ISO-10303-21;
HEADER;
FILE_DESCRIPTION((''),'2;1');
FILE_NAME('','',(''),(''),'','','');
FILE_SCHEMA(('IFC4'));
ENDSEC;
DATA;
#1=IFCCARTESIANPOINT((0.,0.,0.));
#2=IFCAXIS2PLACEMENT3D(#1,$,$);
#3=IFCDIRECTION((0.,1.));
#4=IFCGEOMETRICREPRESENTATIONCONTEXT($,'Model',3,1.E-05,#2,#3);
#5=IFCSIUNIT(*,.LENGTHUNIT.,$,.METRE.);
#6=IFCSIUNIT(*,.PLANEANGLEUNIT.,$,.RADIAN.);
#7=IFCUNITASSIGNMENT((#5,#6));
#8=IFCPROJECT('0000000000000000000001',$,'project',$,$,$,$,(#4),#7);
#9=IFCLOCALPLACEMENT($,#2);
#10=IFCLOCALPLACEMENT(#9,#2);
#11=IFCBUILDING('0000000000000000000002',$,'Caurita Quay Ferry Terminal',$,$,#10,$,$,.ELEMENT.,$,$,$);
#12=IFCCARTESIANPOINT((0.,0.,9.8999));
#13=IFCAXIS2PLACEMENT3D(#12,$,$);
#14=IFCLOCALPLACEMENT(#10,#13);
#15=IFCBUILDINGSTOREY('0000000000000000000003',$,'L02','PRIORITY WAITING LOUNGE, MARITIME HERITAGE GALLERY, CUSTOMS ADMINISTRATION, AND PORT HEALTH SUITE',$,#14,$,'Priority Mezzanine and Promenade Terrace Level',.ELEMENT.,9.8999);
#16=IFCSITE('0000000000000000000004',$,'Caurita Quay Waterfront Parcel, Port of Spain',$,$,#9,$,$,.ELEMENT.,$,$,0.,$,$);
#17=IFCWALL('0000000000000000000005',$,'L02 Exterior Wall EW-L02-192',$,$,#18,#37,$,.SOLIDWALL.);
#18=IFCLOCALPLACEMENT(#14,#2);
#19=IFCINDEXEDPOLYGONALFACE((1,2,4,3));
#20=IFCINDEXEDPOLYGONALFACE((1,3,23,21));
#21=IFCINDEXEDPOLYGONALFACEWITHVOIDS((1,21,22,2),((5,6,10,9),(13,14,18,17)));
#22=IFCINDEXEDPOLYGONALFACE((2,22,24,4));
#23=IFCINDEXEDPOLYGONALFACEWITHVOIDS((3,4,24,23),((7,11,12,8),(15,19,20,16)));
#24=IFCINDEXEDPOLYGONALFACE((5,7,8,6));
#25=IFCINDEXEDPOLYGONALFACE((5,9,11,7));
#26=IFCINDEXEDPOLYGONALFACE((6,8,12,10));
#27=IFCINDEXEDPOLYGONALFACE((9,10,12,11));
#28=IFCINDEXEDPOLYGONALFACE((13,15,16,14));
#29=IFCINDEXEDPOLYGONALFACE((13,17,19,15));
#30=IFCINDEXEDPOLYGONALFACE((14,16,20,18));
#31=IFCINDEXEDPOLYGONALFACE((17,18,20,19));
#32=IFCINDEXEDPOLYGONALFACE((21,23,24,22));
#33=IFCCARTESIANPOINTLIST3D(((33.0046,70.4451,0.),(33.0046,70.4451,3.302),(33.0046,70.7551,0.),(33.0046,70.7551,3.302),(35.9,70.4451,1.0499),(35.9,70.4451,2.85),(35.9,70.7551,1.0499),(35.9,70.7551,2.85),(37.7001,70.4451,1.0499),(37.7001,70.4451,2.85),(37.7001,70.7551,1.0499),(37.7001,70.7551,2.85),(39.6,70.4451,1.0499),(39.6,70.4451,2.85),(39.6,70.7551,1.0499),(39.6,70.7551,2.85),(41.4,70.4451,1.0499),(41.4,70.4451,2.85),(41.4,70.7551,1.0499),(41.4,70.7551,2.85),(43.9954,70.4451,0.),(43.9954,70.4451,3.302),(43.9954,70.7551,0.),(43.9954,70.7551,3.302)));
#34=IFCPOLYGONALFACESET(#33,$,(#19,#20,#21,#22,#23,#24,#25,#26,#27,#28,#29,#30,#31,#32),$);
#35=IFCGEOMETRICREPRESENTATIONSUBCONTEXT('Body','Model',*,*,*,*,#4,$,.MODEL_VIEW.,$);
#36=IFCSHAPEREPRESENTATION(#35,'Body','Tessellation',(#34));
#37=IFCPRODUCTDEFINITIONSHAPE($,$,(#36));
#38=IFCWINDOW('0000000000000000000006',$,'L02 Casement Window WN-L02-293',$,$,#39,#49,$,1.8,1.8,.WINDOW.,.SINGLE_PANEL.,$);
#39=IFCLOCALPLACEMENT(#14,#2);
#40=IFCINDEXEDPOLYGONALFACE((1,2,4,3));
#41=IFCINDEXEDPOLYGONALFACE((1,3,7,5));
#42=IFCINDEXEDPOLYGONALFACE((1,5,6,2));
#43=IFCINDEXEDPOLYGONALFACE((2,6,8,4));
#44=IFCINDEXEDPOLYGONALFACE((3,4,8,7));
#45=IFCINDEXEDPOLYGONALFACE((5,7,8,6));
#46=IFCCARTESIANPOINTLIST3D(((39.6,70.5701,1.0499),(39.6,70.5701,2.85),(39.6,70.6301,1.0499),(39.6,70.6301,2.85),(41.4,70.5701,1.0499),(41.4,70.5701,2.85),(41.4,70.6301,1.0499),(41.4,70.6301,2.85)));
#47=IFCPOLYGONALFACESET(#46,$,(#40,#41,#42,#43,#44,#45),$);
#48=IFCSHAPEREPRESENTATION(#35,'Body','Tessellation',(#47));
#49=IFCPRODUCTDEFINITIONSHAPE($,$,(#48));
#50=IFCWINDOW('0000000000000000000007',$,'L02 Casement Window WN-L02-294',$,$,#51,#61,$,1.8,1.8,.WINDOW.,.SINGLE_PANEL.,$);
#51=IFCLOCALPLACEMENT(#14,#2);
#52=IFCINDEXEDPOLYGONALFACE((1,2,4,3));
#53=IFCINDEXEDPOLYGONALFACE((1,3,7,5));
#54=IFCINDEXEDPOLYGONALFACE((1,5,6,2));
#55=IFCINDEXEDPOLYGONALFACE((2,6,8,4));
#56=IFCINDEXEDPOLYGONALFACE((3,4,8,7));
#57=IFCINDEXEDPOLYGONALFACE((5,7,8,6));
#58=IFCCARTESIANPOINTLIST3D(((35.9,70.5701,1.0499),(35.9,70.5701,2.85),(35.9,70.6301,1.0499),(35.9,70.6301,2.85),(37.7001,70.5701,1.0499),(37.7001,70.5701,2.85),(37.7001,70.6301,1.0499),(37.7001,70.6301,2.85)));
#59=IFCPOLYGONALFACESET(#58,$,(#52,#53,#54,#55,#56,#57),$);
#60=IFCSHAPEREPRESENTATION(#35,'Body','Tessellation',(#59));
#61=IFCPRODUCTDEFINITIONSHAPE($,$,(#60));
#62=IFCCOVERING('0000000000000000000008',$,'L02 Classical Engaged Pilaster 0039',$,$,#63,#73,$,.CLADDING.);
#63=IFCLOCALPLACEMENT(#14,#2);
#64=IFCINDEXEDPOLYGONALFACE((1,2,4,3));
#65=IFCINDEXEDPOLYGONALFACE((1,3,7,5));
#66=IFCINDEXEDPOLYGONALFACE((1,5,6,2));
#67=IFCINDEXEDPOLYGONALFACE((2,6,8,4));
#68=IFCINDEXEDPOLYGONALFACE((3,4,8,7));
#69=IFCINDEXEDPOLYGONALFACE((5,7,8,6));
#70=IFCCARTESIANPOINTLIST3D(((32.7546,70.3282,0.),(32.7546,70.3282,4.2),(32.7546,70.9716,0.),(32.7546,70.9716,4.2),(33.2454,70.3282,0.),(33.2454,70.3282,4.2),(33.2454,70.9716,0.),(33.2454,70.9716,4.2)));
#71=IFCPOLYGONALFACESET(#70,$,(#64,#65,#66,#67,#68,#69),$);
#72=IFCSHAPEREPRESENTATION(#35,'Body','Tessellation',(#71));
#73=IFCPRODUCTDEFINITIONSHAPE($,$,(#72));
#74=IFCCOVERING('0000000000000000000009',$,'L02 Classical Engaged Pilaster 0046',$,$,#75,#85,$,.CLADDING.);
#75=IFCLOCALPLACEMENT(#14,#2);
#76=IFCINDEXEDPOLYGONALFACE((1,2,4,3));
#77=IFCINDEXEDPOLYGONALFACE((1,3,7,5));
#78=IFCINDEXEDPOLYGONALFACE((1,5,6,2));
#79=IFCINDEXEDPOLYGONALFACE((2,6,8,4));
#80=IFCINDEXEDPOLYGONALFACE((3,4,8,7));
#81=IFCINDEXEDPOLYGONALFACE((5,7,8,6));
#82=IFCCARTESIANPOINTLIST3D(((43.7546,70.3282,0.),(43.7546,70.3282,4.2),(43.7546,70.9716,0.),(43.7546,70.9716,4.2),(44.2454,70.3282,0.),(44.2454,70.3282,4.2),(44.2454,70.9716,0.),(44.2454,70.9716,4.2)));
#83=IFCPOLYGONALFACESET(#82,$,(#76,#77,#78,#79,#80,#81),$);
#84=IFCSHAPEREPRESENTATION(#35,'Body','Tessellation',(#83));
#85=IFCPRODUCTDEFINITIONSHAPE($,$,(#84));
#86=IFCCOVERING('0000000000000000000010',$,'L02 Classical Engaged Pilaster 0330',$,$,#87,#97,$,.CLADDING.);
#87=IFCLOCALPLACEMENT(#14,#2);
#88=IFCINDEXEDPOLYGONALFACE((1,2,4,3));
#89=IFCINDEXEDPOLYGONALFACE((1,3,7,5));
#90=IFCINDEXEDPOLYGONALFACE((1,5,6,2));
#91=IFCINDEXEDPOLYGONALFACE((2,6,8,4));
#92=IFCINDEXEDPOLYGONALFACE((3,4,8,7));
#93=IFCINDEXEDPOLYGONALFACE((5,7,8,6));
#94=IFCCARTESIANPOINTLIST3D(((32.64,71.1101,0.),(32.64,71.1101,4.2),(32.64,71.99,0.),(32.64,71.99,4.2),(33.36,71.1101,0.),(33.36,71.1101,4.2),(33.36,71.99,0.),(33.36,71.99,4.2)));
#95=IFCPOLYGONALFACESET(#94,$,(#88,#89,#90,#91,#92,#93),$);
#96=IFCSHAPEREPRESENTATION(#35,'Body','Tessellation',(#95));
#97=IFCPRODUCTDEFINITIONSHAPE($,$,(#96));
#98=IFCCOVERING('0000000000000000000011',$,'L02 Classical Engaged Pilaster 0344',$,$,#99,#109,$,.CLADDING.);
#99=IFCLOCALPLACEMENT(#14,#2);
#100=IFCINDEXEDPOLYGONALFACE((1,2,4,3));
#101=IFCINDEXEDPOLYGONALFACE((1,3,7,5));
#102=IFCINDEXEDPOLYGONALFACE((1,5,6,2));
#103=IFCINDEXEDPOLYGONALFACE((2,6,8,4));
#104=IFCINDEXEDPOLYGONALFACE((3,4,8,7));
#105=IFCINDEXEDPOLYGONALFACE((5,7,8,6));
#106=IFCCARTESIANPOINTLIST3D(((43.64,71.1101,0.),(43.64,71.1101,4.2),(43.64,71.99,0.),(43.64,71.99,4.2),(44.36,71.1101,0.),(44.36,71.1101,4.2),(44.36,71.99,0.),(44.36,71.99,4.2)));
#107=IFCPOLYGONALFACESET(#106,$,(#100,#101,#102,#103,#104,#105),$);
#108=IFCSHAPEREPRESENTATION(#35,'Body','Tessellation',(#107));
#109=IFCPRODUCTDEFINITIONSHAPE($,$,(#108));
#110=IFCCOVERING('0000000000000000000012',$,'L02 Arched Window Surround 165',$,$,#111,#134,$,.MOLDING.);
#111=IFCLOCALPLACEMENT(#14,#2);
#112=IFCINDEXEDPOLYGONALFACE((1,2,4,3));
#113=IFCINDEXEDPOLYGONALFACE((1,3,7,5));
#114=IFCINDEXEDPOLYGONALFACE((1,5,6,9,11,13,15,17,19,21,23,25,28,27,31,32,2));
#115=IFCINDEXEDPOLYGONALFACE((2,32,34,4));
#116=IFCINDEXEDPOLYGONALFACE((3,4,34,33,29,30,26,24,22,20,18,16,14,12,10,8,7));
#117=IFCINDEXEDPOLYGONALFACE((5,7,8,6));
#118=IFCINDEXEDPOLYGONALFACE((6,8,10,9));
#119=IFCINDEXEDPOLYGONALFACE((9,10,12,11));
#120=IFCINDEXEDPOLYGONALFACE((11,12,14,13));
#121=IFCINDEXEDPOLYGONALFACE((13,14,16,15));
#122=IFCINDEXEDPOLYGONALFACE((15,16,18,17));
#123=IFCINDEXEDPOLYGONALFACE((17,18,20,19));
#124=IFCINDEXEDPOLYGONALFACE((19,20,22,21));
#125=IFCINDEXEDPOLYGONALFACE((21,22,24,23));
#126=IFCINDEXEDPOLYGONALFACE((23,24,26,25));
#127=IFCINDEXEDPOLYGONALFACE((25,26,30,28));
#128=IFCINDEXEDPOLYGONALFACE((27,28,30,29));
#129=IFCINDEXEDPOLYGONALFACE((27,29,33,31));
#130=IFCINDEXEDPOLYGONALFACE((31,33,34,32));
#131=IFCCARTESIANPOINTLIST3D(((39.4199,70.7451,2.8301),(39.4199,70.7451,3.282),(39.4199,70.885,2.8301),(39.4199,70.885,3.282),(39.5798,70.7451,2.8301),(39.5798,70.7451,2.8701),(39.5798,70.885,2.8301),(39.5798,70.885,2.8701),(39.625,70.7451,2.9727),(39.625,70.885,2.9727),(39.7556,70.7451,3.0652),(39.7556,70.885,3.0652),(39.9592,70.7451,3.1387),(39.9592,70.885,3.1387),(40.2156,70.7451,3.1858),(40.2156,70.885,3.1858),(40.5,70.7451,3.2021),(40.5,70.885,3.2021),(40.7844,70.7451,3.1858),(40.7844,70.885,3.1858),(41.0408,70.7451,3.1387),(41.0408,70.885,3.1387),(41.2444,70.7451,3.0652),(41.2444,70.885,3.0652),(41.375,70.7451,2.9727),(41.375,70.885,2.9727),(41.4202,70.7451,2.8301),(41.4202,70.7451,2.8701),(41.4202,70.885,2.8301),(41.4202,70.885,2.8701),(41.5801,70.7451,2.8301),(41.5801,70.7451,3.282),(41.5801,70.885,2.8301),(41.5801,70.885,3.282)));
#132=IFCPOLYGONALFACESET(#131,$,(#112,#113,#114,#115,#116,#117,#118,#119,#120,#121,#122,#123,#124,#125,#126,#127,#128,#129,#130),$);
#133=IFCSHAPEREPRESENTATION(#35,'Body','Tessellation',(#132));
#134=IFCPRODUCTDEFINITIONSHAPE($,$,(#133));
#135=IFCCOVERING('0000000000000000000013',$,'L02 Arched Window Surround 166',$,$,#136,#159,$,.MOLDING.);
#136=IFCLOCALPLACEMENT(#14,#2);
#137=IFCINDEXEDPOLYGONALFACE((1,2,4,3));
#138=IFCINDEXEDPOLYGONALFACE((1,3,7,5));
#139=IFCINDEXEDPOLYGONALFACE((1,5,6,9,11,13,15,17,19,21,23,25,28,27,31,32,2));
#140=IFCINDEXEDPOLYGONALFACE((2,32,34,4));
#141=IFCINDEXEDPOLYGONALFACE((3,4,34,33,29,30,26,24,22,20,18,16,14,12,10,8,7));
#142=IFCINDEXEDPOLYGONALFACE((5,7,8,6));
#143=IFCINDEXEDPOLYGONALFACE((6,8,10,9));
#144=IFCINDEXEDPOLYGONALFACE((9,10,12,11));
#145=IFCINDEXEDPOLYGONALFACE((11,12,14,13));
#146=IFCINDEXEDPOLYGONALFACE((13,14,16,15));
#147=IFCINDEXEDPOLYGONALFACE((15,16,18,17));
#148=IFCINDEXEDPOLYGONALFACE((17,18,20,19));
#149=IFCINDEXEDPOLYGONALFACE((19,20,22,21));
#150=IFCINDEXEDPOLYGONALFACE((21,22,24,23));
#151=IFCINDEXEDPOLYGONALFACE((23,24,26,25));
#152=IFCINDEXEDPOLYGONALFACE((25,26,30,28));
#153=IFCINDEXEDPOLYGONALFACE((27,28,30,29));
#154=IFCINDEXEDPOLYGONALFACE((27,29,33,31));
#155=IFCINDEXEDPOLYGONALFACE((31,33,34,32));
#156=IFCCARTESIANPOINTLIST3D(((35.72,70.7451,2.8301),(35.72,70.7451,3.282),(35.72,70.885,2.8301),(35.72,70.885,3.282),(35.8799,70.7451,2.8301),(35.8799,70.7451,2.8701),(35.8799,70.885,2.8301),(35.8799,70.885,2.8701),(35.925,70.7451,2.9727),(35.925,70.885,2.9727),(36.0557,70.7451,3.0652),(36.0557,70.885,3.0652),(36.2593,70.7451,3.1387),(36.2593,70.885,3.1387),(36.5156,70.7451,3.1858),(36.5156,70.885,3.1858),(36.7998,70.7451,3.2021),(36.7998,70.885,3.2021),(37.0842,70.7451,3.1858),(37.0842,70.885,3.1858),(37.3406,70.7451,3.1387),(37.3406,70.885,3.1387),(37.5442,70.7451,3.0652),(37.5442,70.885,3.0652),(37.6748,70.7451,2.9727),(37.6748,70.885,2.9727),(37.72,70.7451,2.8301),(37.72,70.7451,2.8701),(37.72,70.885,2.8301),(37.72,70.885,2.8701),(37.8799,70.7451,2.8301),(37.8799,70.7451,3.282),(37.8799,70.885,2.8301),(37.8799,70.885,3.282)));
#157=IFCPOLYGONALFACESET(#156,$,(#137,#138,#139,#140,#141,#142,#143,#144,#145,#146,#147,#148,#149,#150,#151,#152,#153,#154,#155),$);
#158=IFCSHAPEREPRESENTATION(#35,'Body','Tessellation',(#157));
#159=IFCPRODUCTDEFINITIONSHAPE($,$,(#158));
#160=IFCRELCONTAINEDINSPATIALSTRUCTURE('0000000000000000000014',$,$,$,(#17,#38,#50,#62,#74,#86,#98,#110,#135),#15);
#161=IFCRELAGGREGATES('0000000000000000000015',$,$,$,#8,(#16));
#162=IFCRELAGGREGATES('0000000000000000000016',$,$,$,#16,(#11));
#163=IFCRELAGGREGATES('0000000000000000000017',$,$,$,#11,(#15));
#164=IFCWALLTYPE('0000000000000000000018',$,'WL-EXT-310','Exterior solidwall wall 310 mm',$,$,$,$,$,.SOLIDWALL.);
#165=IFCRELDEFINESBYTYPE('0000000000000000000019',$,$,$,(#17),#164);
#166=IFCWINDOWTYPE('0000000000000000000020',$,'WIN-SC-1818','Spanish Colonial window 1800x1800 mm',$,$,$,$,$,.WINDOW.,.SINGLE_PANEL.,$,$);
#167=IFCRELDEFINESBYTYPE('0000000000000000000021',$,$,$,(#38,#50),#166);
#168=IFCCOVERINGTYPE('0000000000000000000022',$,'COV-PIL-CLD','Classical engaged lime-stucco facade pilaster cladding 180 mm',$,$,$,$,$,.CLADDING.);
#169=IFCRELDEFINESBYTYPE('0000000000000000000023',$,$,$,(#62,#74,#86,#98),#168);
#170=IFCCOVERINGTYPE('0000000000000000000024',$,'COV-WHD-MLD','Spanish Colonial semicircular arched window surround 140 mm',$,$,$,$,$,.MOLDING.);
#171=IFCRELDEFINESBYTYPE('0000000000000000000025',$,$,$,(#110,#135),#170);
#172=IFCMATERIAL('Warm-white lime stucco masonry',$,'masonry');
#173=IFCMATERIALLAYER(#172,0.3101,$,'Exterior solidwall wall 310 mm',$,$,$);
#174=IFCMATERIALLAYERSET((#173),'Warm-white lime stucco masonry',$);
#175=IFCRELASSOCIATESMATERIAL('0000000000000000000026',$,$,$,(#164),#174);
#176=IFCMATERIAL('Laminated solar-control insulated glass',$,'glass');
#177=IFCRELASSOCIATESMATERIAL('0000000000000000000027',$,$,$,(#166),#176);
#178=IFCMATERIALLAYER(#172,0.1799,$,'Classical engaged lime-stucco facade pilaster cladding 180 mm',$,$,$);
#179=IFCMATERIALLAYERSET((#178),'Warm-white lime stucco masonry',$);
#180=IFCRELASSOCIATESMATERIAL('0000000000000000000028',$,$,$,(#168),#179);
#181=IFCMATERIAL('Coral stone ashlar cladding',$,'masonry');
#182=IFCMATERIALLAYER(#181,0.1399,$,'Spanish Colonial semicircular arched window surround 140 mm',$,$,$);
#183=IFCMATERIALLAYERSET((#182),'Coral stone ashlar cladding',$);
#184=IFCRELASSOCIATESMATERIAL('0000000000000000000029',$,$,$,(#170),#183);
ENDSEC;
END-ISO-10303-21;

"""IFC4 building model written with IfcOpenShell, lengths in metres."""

from ifc_helpers import new_model, si_unit, direction, frame, frame_2d, origin, origin_2d, place, context, subcontext, project, spatial, polyline, rectangle, outline, extrude, material, layer, layer_set, type_object, element, fill, save


model = new_model("IFC4")

# Units and contexts
model_context = context("Model", 3, precision=1e-05, world=origin(), true_north=direction((0.0, 1.0)))
body_context = subcontext(model_context, "Body", "Model", "MODEL_VIEW")
ifc_project = project(units=[si_unit("LENGTHUNIT", "METRE"), si_unit("PLANEANGLEUNIT", "RADIAN")], contexts=[model_context])

# Site, building, storey
site_placement = place(None, origin())
site = spatial("IfcSite", under=ifc_project, at=site_placement, Name="Caurita Quay Waterfront Parcel, Port of Spain", CompositionType="ELEMENT", RefElevation=0.0)
building_placement = place(site_placement, origin())
building = spatial("IfcBuilding", under=site, at=building_placement, Name="Caurita Quay Ferry Terminal", CompositionType="ELEMENT")
storey_placement = place(building_placement, frame((0.0, 0.0, 9.8999)))
storey = spatial("IfcBuildingStorey", under=building, at=storey_placement, Name="L02", Description="PRIORITY WAITING LOUNGE, MARITIME HERITAGE GALLERY, CUSTOMS ADMINISTRATION, AND PORT HEALTH SUITE", LongName="Priority Mezzanine and Promenade Terrace Level", CompositionType="ELEMENT", Elevation=9.8999)

# Wall, openings, windows
ifc_material_1 = material(Name="Warm-white lime stucco masonry", Category="masonry")
ifc_layer_1 = layer(ifc_material_1, 0.3101, Name="Exterior solidwall wall 310 mm")
ifc_layer_set_1 = layer_set([ifc_layer_1], Name="Warm-white lime stucco masonry")
wall_type = type_object("IfcWallType", Name="WL-EXT-310", Description="Exterior solidwall wall 310 mm", PredefinedType="SOLIDWALL", material=ifc_layer_set_1)
ifc_material_2 = material(Name="Laminated solar-control insulated glass", Category="glass")
window_type = type_object("IfcWindowType", Name="WIN-SC-1818", Description="Spanish Colonial window 1800x1800 mm", PartitioningType="SINGLE_PANEL", PredefinedType="WINDOW", material=ifc_material_2)
wall_1_placement = place(storey_placement, frame((43.9954, 70.6001, 0.0), z_axis=(0.0, 0.0, 1.0), x_axis=(-1.0, 0.0, 0.0)))
wall_1 = element("IfcWall", 1, at=wall_1_placement, inside=storey, type_object=wall_type, Name="L02 Exterior Wall EW-L02-192", PredefinedType="SOLIDWALL", context=body_context, shape_type="SweptSolid", body=[
    extrude(rectangle(XDim=10.9907, YDim=0.3101, at=frame_2d((5.4954, 0.0))), origin(), (0.0, 0.0, 1.0), 3.302),
])
opening_1_placement = place(wall_1_placement, frame((2.5955, 0.0, 1.05)))
opening_1 = element("IfcOpeningElement", 2, at=opening_1_placement, cuts=wall_1, PredefinedType="OPENING", context=body_context, shape_type="SweptSolid", body=[
    extrude(rectangle(XDim=1.8, YDim=1.8, at=frame_2d((0.8999, 0.8999))), frame((0.0, 0.165, 0.0), z_axis=(0.0, -1.0, 0.0), x_axis=(1.0, 0.0, 0.0)), (0.0, 0.0, 1.0), 0.3301),
])
opening_2_placement = place(wall_1_placement, frame((6.2954, 0.0, 1.05)))
opening_2 = element("IfcOpeningElement", 3, at=opening_2_placement, cuts=wall_1, PredefinedType="OPENING", context=body_context, shape_type="SweptSolid", body=[
    extrude(rectangle(XDim=1.8, YDim=1.8, at=frame_2d((0.8999, 0.8999))), frame((0.0, 0.165, 0.0), z_axis=(0.0, -1.0, 0.0), x_axis=(1.0, 0.0, 0.0)), (0.0, 0.0, 1.0), 0.3301),
])
window_1_placement = place(opening_1_placement, origin())
window_1 = element("IfcWindow", 4, at=window_1_placement, inside=storey, type_object=window_type, Name="L02 Casement Window WN-L02-293", OverallHeight=1.8, OverallWidth=1.8, PartitioningType="SINGLE_PANEL", PredefinedType="WINDOW", context=body_context, shape_type="SweptSolid", body=[
    extrude(rectangle(XDim=1.8, YDim=1.8, at=frame_2d((0.8999, 0.8999))), frame((0.0, 0.03, 0.0), z_axis=(0.0, -1.0, 0.0), x_axis=(1.0, 0.0, 0.0)), (0.0, 0.0, 1.0), 0.0601),
])
fill(opening_1, window_1)
window_2_placement = place(opening_2_placement, origin())
window_2 = element("IfcWindow", 5, at=window_2_placement, inside=storey, type_object=window_type, Name="L02 Casement Window WN-L02-294", OverallHeight=1.8, OverallWidth=1.8, PartitioningType="SINGLE_PANEL", PredefinedType="WINDOW", context=body_context, shape_type="SweptSolid", body=[
    extrude(rectangle(XDim=1.8, YDim=1.8, at=frame_2d((0.8999, 0.8999))), frame((0.0, 0.03, 0.0), z_axis=(0.0, -1.0, 0.0), x_axis=(1.0, 0.0, 0.0)), (0.0, 0.0, 1.0), 0.0601),
])
fill(opening_2, window_2)

# Coverings
ifc_layer_2 = layer(ifc_material_1, 0.1799, Name="Classical engaged lime-stucco facade pilaster cladding 180 mm")
ifc_layer_set_2 = layer_set([ifc_layer_2], Name="Warm-white lime stucco masonry")
covering_type_1 = type_object("IfcCoveringType", Name="COV-PIL-CLD", Description="Classical engaged lime-stucco facade pilaster cladding 180 mm", PredefinedType="CLADDING", material=ifc_layer_set_2)
for number, where, z_axis, x_axis, name in (
    (6, (33.0, 70.6499, 0.0), (0.0, 0.0, 1.0), (1.0, 0.0, 0.0), "L02 Classical Engaged Pilaster 0039"),
    (7, (44.0, 70.6499, 0.0), (0.0, 0.0, 1.0), (1.0, 0.0, 0.0), "L02 Classical Engaged Pilaster 0046"),
):
    element("IfcCovering", number, at=place(storey_placement, frame(where, z_axis=z_axis, x_axis=x_axis)), inside=storey, type_object=covering_type_1, Name=name, PredefinedType="CLADDING", context=body_context, shape_type="SweptSolid", body=[
        extrude(rectangle(XDim=0.4907, YDim=0.6433, at=origin_2d()), origin(), (0.0, 0.0, 1.0), 4.2),
    ])
for number, where, z_axis, x_axis, name in (
    (8, (33.0, 71.55, 0.0), (0.0, 0.0, 1.0), (1.0, 0.0, 0.0), "L02 Classical Engaged Pilaster 0330"),
    (9, (44.0, 71.55, 0.0), (0.0, 0.0, 1.0), (1.0, 0.0, 0.0), "L02 Classical Engaged Pilaster 0344"),
):
    element("IfcCovering", number, at=place(storey_placement, frame(where, z_axis=z_axis, x_axis=x_axis)), inside=storey, type_object=covering_type_1, Name=name, PredefinedType="CLADDING", context=body_context, shape_type="SweptSolid", body=[
        extrude(rectangle(XDim=0.72, YDim=0.8799, at=origin_2d()), origin(), (0.0, 0.0, 1.0), 4.2),
    ])
ifc_material_3 = material(Name="Coral stone ashlar cladding", Category="masonry")
ifc_layer_3 = layer(ifc_material_3, 0.1399, Name="Spanish Colonial semicircular arched window surround 140 mm")
ifc_layer_set_3 = layer_set([ifc_layer_3], Name="Coral stone ashlar cladding")
covering_type_2 = type_object("IfcCoveringType", Name="COV-WHD-MLD", Description="Spanish Colonial semicircular arched window surround 140 mm", PredefinedType="MOLDING", material=ifc_layer_set_3)
covering_1_placement = place(storey_placement, frame((41.5801, 70.8149, 2.8301), z_axis=(0.0, 0.0, 1.0), x_axis=(-1.0, 0.0, 0.0)))
element("IfcCovering", 10, at=covering_1_placement, inside=storey, type_object=covering_type_2, Name="L02 Arched Window Surround 165", PredefinedType="MOLDING", context=body_context, shape_type="SweptSolid", body=[
    extrude(outline(polyline([(0.0, 0.0), (0.1599, 0.0), (0.1599, 0.04), (0.2051, 0.1426), (0.3357, 0.2351), (0.5393, 0.3086), (0.7957, 0.3557), (1.0801, 0.3721), (1.3645, 0.3557), (1.6208, 0.3086), (1.8245, 0.2351), (1.9551, 0.1426), (2.0002, 0.04), (2.0002, 0.0), (2.1602, 0.0), (2.1602, 0.4519), (0.0, 0.4519), (0.0, 0.0)])), frame((0.0, 0.0698, 0.0), z_axis=(0.0, -1.0, 0.0), x_axis=(1.0, 0.0, 0.0)), (0.0, 0.0, 1.0), 0.1399),
])
covering_2_placement = place(storey_placement, frame((37.8799, 70.8149, 2.8301), z_axis=(0.0, 0.0, 1.0), x_axis=(-1.0, 0.0, 0.0)))
element("IfcCovering", 11, at=covering_2_placement, inside=storey, type_object=covering_type_2, Name="L02 Arched Window Surround 166", PredefinedType="MOLDING", context=body_context, shape_type="SweptSolid", body=[
    extrude(outline(polyline([(0.0, 0.0), (0.1599, 0.0), (0.1599, 0.04), (0.2051, 0.1426), (0.3357, 0.2351), (0.5393, 0.3086), (0.7957, 0.3557), (1.0801, 0.3721), (1.3643, 0.3557), (1.6206, 0.3086), (1.8242, 0.2351), (1.9548, 0.1426), (2.0, 0.04), (2.0, 0.0), (2.1599, 0.0), (2.1599, 0.4519), (0.0, 0.4519), (0.0, 0.0)])), frame((0.0, 0.0698, 0.0), z_axis=(0.0, -1.0, 0.0), x_axis=(1.0, 0.0, 0.0)), (0.0, 0.0, 1.0), 0.1399),
])

save(model, "model.ifc")
